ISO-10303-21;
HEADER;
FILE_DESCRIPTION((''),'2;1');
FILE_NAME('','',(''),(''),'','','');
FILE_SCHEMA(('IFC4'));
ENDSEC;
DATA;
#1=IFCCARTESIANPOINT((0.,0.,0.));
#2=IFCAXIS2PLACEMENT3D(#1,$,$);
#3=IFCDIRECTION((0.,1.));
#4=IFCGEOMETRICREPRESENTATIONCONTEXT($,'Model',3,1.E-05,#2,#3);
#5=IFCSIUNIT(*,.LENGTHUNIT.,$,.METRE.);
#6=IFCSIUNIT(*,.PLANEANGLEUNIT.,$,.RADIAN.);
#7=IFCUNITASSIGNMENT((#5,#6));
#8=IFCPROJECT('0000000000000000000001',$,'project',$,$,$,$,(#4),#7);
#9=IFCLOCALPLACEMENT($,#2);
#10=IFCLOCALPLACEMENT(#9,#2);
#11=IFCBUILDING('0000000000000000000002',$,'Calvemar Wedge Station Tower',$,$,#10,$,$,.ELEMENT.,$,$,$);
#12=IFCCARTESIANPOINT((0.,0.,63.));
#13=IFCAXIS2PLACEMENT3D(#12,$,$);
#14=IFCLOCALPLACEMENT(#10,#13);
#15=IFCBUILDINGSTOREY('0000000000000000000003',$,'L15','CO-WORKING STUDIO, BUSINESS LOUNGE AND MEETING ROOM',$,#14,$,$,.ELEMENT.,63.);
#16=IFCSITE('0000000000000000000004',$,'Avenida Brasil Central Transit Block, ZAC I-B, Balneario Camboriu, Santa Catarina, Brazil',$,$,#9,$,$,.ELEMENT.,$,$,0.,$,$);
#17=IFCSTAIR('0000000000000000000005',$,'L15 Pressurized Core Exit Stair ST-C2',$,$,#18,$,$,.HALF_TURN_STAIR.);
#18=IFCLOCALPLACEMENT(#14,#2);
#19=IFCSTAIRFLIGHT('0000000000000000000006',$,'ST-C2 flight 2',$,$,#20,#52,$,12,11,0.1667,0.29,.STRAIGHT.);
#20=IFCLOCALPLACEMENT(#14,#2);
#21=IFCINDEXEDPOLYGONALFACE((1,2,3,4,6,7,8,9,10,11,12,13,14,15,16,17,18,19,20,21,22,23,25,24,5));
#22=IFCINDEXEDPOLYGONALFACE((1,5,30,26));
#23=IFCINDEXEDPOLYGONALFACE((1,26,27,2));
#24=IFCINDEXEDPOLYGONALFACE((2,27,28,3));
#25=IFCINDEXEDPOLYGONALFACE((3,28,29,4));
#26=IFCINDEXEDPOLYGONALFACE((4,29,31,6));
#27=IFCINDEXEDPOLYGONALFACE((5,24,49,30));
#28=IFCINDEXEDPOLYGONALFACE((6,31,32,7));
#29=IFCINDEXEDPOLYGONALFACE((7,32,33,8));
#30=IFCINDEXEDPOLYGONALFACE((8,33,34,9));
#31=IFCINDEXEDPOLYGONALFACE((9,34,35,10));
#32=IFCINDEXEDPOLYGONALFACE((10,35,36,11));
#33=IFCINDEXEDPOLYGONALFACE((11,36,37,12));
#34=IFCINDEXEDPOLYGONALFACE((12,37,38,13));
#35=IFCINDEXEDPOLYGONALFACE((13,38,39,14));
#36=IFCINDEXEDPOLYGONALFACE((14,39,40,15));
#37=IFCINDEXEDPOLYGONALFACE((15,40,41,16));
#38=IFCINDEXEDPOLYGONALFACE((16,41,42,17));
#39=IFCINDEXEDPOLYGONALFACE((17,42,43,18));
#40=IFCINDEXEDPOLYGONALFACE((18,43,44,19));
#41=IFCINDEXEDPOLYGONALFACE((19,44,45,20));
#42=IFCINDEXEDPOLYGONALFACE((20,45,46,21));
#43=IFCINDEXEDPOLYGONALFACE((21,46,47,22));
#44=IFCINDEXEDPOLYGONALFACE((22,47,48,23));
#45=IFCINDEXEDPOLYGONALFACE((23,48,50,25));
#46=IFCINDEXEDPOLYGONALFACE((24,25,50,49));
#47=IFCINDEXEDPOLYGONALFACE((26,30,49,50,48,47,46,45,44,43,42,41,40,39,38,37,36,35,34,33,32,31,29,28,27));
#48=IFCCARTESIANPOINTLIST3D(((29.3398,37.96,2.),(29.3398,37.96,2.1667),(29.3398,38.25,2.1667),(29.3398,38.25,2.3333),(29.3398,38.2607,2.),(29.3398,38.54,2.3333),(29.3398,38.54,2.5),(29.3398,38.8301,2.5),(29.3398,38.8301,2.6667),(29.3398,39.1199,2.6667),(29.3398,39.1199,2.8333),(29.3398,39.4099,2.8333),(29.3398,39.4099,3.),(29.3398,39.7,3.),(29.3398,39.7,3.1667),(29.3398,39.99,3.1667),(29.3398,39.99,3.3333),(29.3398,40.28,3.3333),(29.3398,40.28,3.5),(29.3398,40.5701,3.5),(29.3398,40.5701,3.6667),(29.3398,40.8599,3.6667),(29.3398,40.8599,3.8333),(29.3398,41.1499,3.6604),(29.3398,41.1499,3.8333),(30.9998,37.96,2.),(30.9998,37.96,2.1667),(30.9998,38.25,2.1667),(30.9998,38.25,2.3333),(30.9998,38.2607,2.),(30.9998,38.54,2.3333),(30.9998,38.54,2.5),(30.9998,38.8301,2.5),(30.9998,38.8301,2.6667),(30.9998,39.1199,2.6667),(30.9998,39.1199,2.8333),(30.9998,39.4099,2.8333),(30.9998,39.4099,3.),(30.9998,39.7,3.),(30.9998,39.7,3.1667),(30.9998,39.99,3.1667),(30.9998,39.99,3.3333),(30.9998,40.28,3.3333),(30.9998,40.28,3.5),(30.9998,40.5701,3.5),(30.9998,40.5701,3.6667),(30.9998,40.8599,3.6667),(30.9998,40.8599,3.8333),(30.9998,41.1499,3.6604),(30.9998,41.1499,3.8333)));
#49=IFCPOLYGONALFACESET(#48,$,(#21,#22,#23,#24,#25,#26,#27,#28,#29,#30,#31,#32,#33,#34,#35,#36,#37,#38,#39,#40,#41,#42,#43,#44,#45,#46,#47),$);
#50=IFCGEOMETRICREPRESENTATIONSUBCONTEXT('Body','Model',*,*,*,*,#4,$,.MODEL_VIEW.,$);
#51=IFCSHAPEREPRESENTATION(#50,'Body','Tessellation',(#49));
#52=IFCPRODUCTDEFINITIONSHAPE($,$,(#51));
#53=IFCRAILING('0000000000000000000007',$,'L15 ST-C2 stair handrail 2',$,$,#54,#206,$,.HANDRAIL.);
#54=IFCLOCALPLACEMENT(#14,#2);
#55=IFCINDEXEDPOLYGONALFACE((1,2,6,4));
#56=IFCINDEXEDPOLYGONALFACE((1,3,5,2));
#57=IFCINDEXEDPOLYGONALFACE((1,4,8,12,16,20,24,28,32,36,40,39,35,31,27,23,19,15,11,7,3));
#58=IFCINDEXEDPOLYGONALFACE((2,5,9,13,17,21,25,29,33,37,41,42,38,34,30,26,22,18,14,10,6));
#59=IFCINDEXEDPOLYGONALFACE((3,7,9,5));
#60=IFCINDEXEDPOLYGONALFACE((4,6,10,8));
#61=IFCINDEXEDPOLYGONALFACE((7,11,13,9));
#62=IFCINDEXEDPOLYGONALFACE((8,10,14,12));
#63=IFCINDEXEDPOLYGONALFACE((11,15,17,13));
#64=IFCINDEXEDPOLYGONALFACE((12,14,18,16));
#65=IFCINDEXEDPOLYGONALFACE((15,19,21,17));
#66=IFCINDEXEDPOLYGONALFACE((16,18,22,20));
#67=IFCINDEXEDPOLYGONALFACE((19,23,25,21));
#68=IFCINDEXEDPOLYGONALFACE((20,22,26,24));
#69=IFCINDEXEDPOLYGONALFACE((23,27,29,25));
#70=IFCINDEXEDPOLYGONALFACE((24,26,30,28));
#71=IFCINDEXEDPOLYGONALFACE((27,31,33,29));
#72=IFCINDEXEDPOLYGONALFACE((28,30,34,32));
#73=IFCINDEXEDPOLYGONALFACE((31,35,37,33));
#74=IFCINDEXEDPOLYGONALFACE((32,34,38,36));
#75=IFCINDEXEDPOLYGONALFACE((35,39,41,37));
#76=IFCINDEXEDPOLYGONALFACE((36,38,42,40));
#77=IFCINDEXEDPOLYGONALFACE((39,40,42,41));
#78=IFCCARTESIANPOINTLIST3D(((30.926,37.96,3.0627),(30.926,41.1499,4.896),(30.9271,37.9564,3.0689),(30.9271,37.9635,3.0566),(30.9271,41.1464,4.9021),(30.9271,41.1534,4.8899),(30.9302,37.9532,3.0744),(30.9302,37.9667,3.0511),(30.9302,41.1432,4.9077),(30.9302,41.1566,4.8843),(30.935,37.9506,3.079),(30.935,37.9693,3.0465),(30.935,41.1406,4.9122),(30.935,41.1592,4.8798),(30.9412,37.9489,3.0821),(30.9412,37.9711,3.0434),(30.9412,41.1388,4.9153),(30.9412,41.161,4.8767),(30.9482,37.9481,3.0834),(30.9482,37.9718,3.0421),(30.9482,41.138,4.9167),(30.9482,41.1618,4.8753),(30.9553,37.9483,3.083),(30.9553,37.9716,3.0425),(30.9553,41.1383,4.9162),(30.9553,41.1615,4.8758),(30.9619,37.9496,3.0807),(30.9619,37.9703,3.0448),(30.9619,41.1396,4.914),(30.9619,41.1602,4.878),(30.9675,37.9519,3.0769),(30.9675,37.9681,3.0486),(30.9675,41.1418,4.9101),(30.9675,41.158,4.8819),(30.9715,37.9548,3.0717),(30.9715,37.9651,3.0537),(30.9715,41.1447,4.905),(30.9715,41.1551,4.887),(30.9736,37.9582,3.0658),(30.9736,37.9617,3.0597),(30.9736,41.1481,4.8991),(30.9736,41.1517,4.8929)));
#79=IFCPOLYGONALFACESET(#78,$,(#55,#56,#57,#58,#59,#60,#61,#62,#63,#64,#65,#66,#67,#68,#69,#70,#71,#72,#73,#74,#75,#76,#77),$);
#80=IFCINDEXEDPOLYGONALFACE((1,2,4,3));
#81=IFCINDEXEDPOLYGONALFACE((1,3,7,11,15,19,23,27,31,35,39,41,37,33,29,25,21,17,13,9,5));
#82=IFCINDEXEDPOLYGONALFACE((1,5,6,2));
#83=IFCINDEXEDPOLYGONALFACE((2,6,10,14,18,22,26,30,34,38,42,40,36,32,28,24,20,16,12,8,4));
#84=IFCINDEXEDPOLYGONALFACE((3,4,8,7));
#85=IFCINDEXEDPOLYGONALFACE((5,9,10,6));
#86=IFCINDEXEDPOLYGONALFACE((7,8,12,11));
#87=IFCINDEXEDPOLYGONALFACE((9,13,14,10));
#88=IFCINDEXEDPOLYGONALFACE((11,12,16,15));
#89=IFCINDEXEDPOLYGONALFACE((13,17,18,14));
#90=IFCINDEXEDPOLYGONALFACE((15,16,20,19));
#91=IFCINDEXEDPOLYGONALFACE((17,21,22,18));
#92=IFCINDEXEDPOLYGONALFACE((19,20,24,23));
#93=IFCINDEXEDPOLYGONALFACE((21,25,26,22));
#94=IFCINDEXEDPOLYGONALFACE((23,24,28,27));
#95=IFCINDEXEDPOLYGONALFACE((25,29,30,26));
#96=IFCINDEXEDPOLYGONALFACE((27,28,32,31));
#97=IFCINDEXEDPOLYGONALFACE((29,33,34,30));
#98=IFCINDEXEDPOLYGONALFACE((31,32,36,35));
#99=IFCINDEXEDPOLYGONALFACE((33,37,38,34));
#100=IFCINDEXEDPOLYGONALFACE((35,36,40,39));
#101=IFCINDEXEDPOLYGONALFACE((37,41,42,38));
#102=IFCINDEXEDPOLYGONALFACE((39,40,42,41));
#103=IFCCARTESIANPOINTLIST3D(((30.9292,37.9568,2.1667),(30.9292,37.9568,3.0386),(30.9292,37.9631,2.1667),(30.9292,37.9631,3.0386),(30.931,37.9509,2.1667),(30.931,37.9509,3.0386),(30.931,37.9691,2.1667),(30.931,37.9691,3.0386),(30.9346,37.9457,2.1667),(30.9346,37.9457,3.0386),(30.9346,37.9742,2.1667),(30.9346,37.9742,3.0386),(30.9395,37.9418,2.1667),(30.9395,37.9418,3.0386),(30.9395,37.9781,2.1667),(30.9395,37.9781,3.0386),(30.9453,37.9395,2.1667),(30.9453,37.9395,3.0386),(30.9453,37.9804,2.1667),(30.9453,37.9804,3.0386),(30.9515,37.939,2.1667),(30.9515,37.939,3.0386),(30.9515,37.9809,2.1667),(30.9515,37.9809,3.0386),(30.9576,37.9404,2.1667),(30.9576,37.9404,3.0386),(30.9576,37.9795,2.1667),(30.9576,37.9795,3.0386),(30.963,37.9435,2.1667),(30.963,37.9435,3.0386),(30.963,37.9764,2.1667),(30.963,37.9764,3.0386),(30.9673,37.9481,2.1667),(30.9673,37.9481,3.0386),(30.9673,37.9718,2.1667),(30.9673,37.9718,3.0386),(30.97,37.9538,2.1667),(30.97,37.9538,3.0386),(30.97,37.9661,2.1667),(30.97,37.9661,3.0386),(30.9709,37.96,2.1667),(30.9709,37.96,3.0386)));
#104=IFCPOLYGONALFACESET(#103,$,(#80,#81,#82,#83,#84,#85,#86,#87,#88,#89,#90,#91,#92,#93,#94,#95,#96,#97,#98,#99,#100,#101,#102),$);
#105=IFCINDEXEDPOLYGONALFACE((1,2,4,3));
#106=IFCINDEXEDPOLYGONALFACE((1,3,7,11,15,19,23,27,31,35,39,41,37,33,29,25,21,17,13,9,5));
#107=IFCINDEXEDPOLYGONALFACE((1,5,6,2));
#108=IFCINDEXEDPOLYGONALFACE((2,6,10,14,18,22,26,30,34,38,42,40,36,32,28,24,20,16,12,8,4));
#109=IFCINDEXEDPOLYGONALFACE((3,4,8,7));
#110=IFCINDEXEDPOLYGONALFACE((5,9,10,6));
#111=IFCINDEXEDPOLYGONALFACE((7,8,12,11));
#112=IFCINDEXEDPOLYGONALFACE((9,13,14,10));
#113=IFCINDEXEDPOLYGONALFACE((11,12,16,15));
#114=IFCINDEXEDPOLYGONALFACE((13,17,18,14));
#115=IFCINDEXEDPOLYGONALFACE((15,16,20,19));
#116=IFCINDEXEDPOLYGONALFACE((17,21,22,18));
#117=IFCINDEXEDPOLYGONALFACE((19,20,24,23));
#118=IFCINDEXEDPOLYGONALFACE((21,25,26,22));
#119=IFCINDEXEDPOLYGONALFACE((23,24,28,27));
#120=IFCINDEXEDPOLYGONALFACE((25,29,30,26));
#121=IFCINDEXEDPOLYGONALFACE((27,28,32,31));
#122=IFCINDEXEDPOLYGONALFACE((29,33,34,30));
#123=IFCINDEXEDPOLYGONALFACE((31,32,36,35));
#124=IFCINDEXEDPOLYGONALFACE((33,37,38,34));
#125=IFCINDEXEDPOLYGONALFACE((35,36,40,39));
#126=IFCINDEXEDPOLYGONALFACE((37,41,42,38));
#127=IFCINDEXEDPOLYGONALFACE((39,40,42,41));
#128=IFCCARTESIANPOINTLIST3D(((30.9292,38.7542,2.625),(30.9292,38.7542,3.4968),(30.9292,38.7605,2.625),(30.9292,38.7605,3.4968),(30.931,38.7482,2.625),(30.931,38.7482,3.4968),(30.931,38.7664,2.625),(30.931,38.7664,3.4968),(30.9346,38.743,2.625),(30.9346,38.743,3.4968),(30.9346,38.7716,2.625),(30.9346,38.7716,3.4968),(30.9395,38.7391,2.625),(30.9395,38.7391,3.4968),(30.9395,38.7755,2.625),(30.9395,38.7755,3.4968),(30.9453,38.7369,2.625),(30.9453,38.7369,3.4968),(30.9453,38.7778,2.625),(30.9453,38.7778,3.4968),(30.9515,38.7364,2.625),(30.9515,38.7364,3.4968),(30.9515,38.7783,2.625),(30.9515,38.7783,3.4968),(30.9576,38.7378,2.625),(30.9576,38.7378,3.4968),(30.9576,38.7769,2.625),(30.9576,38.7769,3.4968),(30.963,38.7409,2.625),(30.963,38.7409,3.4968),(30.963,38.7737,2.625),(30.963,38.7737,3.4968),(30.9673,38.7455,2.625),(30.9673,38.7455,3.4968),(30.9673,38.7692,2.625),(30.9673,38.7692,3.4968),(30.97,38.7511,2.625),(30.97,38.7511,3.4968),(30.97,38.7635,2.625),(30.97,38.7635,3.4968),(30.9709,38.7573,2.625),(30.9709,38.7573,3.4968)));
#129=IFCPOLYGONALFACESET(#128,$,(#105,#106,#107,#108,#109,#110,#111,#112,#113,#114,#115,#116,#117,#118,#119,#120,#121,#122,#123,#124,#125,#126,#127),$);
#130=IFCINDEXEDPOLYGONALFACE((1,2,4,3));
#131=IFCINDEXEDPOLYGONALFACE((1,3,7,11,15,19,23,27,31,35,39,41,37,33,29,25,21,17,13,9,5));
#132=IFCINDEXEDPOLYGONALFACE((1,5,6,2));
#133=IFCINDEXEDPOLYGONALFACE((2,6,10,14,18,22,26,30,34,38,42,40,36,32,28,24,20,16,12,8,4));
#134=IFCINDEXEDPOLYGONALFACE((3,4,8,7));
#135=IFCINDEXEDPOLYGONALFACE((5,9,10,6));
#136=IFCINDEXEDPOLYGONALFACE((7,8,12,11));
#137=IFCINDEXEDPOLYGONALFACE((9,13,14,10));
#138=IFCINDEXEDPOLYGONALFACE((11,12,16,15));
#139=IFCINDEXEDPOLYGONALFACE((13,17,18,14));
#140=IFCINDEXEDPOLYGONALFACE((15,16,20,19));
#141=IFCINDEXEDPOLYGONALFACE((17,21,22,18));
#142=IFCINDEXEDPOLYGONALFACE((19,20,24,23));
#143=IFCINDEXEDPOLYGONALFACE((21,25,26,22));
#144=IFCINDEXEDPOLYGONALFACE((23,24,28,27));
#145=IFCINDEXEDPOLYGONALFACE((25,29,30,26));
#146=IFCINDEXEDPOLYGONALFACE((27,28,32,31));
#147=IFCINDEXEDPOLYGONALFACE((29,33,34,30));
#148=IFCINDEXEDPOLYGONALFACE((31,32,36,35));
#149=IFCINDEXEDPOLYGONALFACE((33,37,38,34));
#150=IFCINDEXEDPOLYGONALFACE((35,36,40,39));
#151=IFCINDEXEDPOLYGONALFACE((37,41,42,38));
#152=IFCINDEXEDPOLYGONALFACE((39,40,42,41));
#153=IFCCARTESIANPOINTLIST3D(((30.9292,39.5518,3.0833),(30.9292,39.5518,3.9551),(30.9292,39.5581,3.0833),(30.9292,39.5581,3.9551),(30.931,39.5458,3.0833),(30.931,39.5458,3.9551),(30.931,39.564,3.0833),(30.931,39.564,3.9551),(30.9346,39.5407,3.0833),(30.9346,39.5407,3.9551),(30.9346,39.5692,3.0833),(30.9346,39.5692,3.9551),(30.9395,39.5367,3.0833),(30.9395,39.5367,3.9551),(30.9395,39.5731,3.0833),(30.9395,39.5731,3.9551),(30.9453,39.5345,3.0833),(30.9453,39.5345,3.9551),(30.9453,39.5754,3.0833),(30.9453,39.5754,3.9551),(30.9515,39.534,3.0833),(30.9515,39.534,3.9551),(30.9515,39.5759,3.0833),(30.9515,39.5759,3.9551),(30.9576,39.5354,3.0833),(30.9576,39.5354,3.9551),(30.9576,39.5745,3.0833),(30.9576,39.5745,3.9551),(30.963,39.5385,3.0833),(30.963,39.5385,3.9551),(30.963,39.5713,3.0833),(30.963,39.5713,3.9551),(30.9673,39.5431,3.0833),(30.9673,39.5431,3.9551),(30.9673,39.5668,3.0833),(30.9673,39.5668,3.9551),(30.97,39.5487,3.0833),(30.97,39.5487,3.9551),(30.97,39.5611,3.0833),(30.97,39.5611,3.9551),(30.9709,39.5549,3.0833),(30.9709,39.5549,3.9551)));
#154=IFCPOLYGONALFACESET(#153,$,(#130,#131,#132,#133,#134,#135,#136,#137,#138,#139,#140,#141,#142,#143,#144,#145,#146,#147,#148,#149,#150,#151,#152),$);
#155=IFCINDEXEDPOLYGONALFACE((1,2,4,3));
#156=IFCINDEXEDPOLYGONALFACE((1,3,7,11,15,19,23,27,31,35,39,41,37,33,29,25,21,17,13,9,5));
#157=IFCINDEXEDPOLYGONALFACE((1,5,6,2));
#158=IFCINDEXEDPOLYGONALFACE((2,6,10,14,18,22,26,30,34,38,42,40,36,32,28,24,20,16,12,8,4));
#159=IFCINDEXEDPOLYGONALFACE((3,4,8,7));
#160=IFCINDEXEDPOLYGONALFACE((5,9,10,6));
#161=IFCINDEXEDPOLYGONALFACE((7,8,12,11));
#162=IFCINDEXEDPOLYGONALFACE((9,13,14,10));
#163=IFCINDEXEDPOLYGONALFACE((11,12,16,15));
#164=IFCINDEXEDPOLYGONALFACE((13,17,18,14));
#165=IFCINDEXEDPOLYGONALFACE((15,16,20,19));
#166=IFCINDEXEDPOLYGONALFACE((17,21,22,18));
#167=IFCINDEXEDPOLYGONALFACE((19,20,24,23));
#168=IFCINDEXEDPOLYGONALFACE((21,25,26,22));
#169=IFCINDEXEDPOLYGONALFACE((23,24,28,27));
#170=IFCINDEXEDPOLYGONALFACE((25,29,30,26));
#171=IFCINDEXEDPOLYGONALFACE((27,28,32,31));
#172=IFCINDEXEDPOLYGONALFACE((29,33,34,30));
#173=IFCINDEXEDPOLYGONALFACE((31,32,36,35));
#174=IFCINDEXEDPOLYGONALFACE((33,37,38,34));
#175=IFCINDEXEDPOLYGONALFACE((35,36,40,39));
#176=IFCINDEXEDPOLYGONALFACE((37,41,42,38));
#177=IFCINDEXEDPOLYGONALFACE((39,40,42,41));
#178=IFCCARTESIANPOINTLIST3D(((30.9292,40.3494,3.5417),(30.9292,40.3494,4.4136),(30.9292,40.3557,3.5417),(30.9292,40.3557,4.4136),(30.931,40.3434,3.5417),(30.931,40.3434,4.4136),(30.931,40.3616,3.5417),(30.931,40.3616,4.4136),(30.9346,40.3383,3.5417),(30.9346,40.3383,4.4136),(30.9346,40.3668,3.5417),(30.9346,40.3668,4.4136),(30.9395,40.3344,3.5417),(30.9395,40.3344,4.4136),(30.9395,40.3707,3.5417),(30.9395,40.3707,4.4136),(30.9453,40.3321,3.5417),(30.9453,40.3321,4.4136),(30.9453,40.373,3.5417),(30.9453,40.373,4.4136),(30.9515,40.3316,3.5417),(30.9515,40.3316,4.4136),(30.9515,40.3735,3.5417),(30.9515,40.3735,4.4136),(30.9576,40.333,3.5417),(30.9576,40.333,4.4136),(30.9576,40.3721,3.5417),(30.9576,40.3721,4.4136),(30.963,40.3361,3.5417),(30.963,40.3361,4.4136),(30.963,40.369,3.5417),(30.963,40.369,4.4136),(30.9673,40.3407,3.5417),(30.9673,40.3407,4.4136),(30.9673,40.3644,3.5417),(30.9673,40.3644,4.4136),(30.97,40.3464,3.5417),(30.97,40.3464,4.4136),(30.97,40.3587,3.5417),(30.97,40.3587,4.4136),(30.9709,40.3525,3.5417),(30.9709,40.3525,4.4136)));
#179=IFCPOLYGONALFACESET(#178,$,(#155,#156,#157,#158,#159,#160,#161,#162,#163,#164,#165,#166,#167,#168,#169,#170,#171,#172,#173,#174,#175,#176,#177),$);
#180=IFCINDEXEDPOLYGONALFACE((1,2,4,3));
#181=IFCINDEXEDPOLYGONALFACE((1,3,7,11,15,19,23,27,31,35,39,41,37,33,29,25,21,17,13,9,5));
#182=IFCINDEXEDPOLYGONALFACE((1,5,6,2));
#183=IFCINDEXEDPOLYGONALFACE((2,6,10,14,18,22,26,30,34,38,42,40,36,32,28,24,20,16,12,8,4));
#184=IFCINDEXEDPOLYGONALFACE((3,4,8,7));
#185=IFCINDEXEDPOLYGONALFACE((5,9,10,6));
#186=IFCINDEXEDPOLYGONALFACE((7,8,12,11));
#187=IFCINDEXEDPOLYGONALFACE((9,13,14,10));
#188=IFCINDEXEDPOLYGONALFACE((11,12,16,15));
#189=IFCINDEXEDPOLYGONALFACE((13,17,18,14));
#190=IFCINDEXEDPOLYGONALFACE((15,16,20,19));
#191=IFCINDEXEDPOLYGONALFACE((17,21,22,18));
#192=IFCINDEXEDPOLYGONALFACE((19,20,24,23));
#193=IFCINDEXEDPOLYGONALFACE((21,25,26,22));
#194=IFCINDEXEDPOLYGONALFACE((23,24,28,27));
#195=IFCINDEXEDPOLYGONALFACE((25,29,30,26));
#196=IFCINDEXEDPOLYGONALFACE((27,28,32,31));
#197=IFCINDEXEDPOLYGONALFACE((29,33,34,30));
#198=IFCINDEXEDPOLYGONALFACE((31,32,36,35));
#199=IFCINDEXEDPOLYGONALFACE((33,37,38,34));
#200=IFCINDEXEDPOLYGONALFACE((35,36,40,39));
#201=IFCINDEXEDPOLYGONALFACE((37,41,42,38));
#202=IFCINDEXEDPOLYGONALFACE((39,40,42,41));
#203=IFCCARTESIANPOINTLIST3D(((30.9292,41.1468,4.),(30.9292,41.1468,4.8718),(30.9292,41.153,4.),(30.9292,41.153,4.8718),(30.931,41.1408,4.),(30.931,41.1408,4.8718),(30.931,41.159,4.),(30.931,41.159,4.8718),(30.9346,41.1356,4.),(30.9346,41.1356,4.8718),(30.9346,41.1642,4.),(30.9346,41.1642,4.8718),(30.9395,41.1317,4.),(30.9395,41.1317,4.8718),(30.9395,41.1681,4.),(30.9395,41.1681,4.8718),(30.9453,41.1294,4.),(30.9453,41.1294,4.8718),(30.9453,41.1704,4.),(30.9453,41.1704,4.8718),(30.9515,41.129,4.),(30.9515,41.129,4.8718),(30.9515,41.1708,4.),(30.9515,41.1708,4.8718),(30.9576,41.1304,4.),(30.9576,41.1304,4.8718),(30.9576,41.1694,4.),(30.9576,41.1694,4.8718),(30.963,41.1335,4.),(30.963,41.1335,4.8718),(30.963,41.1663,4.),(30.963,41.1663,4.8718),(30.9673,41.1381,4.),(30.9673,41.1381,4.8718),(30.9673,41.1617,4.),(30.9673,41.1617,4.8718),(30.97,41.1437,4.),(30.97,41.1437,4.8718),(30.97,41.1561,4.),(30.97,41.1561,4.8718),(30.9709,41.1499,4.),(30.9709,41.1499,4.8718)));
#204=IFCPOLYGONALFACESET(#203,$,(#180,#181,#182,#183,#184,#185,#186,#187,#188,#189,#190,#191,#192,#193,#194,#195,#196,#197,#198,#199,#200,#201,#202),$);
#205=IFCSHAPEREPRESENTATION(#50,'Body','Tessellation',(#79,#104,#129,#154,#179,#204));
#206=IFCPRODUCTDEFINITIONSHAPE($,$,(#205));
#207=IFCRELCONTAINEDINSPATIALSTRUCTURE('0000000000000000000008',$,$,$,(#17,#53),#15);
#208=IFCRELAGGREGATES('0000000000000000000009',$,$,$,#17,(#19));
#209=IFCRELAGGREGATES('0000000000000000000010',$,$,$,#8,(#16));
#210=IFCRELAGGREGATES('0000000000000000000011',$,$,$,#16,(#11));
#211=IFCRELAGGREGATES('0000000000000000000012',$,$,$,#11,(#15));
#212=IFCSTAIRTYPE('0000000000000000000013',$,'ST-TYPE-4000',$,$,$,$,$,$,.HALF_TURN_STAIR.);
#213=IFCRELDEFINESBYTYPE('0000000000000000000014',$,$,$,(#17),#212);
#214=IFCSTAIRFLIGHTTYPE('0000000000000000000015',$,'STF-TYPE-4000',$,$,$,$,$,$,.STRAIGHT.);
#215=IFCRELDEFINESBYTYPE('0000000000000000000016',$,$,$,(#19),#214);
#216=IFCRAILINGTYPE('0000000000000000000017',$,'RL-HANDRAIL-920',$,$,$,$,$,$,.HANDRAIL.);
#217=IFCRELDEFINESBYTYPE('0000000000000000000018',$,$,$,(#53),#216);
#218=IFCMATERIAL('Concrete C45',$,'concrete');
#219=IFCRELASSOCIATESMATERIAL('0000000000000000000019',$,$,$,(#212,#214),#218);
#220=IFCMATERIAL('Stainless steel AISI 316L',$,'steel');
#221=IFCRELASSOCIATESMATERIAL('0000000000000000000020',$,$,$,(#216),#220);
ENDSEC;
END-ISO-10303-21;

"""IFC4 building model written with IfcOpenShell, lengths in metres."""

from ifc_helpers import new_model, si_unit, direction, frame, origin, origin_2d, place, context, subcontext, project, spatial, polyline, circle, outline, extrude, material, type_object, element, aggregate, save


model = new_model("IFC4")

# Units and contexts
model_context = context("Model", 3, precision=1e-05, world=origin(), true_north=direction((0.0, 1.0)))
body_context = subcontext(model_context, "Body", "Model", "MODEL_VIEW")
ifc_project = project(units=[si_unit("LENGTHUNIT", "METRE"), si_unit("PLANEANGLEUNIT", "RADIAN")], contexts=[model_context])

# Site, building, storey
site_placement = place(None, origin())
site = spatial("IfcSite", under=ifc_project, at=site_placement, Name="Avenida Brasil Central Transit Block, ZAC I-B, Balneario Camboriu, Santa Catarina, Brazil", CompositionType="ELEMENT", RefElevation=0.0)
building_placement = place(site_placement, origin())
building = spatial("IfcBuilding", under=site, at=building_placement, Name="Calvemar Wedge Station Tower", CompositionType="ELEMENT")
storey_placement = place(building_placement, frame((0.0, 0.0, 63.0)))
storey = spatial("IfcBuildingStorey", under=building, at=storey_placement, Name="L15", Description="CO-WORKING STUDIO, BUSINESS LOUNGE AND MEETING ROOM", CompositionType="ELEMENT", Elevation=63.0)

# Stair, stair flight
ifc_material_1 = material(Name="Concrete C45", Category="concrete")
stair_type = type_object("IfcStairType", Name="ST-TYPE-4000", PredefinedType="HALF_TURN_STAIR", material=ifc_material_1)
stair_placement = place(storey_placement, origin())
stair = element("IfcStair", 1, at=stair_placement, inside=storey, type_object=stair_type, Name="L15 Pressurized Core Exit Stair ST-C2", PredefinedType="HALF_TURN_STAIR")
stair_flight_type = type_object("IfcStairFlightType", Name="STF-TYPE-4000", PredefinedType="STRAIGHT", material=ifc_material_1)
stair_flight_placement = place(storey_placement, frame((30.1699, 37.96, 2.0), z_axis=(0.0, 0.0, 1.0), x_axis=(0.0, 1.0, 0.0)))
stair_flight = element("IfcStairFlight", 2, at=stair_flight_placement, type_object=stair_flight_type, Name="ST-C2 flight 2", NumberOfRisers=12, NumberOfTreads=11, PredefinedType="STRAIGHT", RiserHeight=0.1667, TreadLength=0.29, context=body_context, shape_type="SweptSolid", body=[
    extrude(outline(polyline([(0.0, 0.0), (0.0, 0.1667), (0.29, 0.1667), (0.29, 0.3333), (0.5801, 0.3333), (0.5801, 0.5), (0.8701, 0.5), (0.8701, 0.6667), (1.1599, 0.6667), (1.1599, 0.8333), (1.45, 0.8333), (1.45, 1.0), (1.74, 1.0), (1.74, 1.1667), (2.03, 1.1667), (2.03, 1.3333), (2.3201, 1.3333), (2.3201, 1.5), (2.6101, 1.5), (2.6101, 1.6667), (2.8999, 1.6667), (2.8999, 1.8333), (3.1899, 1.8333), (3.1899, 2.0), (3.1899, 1.6604), (0.3008, 0.0), (0.0, 0.0)])), frame((0.0, 0.8301, 0.0), z_axis=(0.0, -1.0, 0.0), x_axis=(1.0, 0.0, 0.0)), (0.0, 0.0, 1.0), 1.6599),
])
aggregate(stair, [stair_flight])

# Railing
ifc_material_2 = material(Name="Stainless steel AISI 316L", Category="steel")
railing_type_1 = type_object("IfcRailingType", Name="RL-HANDRAIL-920", PredefinedType="HANDRAIL", material=ifc_material_2)
railing_1_placement = place(storey_placement, frame((30.95, 37.96, 2.1667)))
element("IfcRailing", 3, at=railing_1_placement, inside=storey, type_object=railing_type_1, Name="L15 ST-C2 stair handrail 2", PredefinedType="HANDRAIL", context=body_context, shape_type="SweptSolid", body=[
    extrude(circle(Radius=0.0239, at=origin_2d()), frame((0.0, 0.0, 0.896), z_axis=(0.0, 0.86702, 0.498274), x_axis=(-1.0, 0.0, 0.0)), (0.0, 0.0, 1.0), 3.6792),
    extrude(circle(Radius=0.021, at=origin_2d()), origin(), (0.0, 0.0, 1.0), 0.8718),
    extrude(circle(Radius=0.021, at=origin_2d()), frame((0.0, 0.7974, 0.4583)), (0.0, 0.0, 1.0), 0.8718),
    extrude(circle(Radius=0.021, at=origin_2d()), frame((0.0, 1.595, 0.9165)), (0.0, 0.0, 1.0), 0.8718),
    extrude(circle(Radius=0.021, at=origin_2d()), frame((0.0, 2.3926, 1.375)), (0.0, 0.0, 1.0), 0.8718),
    extrude(circle(Radius=0.021, at=origin_2d()), frame((0.0, 3.1899, 1.8333)), (0.0, 0.0, 1.0), 0.8718),
])

save(model, "model.ifc")
